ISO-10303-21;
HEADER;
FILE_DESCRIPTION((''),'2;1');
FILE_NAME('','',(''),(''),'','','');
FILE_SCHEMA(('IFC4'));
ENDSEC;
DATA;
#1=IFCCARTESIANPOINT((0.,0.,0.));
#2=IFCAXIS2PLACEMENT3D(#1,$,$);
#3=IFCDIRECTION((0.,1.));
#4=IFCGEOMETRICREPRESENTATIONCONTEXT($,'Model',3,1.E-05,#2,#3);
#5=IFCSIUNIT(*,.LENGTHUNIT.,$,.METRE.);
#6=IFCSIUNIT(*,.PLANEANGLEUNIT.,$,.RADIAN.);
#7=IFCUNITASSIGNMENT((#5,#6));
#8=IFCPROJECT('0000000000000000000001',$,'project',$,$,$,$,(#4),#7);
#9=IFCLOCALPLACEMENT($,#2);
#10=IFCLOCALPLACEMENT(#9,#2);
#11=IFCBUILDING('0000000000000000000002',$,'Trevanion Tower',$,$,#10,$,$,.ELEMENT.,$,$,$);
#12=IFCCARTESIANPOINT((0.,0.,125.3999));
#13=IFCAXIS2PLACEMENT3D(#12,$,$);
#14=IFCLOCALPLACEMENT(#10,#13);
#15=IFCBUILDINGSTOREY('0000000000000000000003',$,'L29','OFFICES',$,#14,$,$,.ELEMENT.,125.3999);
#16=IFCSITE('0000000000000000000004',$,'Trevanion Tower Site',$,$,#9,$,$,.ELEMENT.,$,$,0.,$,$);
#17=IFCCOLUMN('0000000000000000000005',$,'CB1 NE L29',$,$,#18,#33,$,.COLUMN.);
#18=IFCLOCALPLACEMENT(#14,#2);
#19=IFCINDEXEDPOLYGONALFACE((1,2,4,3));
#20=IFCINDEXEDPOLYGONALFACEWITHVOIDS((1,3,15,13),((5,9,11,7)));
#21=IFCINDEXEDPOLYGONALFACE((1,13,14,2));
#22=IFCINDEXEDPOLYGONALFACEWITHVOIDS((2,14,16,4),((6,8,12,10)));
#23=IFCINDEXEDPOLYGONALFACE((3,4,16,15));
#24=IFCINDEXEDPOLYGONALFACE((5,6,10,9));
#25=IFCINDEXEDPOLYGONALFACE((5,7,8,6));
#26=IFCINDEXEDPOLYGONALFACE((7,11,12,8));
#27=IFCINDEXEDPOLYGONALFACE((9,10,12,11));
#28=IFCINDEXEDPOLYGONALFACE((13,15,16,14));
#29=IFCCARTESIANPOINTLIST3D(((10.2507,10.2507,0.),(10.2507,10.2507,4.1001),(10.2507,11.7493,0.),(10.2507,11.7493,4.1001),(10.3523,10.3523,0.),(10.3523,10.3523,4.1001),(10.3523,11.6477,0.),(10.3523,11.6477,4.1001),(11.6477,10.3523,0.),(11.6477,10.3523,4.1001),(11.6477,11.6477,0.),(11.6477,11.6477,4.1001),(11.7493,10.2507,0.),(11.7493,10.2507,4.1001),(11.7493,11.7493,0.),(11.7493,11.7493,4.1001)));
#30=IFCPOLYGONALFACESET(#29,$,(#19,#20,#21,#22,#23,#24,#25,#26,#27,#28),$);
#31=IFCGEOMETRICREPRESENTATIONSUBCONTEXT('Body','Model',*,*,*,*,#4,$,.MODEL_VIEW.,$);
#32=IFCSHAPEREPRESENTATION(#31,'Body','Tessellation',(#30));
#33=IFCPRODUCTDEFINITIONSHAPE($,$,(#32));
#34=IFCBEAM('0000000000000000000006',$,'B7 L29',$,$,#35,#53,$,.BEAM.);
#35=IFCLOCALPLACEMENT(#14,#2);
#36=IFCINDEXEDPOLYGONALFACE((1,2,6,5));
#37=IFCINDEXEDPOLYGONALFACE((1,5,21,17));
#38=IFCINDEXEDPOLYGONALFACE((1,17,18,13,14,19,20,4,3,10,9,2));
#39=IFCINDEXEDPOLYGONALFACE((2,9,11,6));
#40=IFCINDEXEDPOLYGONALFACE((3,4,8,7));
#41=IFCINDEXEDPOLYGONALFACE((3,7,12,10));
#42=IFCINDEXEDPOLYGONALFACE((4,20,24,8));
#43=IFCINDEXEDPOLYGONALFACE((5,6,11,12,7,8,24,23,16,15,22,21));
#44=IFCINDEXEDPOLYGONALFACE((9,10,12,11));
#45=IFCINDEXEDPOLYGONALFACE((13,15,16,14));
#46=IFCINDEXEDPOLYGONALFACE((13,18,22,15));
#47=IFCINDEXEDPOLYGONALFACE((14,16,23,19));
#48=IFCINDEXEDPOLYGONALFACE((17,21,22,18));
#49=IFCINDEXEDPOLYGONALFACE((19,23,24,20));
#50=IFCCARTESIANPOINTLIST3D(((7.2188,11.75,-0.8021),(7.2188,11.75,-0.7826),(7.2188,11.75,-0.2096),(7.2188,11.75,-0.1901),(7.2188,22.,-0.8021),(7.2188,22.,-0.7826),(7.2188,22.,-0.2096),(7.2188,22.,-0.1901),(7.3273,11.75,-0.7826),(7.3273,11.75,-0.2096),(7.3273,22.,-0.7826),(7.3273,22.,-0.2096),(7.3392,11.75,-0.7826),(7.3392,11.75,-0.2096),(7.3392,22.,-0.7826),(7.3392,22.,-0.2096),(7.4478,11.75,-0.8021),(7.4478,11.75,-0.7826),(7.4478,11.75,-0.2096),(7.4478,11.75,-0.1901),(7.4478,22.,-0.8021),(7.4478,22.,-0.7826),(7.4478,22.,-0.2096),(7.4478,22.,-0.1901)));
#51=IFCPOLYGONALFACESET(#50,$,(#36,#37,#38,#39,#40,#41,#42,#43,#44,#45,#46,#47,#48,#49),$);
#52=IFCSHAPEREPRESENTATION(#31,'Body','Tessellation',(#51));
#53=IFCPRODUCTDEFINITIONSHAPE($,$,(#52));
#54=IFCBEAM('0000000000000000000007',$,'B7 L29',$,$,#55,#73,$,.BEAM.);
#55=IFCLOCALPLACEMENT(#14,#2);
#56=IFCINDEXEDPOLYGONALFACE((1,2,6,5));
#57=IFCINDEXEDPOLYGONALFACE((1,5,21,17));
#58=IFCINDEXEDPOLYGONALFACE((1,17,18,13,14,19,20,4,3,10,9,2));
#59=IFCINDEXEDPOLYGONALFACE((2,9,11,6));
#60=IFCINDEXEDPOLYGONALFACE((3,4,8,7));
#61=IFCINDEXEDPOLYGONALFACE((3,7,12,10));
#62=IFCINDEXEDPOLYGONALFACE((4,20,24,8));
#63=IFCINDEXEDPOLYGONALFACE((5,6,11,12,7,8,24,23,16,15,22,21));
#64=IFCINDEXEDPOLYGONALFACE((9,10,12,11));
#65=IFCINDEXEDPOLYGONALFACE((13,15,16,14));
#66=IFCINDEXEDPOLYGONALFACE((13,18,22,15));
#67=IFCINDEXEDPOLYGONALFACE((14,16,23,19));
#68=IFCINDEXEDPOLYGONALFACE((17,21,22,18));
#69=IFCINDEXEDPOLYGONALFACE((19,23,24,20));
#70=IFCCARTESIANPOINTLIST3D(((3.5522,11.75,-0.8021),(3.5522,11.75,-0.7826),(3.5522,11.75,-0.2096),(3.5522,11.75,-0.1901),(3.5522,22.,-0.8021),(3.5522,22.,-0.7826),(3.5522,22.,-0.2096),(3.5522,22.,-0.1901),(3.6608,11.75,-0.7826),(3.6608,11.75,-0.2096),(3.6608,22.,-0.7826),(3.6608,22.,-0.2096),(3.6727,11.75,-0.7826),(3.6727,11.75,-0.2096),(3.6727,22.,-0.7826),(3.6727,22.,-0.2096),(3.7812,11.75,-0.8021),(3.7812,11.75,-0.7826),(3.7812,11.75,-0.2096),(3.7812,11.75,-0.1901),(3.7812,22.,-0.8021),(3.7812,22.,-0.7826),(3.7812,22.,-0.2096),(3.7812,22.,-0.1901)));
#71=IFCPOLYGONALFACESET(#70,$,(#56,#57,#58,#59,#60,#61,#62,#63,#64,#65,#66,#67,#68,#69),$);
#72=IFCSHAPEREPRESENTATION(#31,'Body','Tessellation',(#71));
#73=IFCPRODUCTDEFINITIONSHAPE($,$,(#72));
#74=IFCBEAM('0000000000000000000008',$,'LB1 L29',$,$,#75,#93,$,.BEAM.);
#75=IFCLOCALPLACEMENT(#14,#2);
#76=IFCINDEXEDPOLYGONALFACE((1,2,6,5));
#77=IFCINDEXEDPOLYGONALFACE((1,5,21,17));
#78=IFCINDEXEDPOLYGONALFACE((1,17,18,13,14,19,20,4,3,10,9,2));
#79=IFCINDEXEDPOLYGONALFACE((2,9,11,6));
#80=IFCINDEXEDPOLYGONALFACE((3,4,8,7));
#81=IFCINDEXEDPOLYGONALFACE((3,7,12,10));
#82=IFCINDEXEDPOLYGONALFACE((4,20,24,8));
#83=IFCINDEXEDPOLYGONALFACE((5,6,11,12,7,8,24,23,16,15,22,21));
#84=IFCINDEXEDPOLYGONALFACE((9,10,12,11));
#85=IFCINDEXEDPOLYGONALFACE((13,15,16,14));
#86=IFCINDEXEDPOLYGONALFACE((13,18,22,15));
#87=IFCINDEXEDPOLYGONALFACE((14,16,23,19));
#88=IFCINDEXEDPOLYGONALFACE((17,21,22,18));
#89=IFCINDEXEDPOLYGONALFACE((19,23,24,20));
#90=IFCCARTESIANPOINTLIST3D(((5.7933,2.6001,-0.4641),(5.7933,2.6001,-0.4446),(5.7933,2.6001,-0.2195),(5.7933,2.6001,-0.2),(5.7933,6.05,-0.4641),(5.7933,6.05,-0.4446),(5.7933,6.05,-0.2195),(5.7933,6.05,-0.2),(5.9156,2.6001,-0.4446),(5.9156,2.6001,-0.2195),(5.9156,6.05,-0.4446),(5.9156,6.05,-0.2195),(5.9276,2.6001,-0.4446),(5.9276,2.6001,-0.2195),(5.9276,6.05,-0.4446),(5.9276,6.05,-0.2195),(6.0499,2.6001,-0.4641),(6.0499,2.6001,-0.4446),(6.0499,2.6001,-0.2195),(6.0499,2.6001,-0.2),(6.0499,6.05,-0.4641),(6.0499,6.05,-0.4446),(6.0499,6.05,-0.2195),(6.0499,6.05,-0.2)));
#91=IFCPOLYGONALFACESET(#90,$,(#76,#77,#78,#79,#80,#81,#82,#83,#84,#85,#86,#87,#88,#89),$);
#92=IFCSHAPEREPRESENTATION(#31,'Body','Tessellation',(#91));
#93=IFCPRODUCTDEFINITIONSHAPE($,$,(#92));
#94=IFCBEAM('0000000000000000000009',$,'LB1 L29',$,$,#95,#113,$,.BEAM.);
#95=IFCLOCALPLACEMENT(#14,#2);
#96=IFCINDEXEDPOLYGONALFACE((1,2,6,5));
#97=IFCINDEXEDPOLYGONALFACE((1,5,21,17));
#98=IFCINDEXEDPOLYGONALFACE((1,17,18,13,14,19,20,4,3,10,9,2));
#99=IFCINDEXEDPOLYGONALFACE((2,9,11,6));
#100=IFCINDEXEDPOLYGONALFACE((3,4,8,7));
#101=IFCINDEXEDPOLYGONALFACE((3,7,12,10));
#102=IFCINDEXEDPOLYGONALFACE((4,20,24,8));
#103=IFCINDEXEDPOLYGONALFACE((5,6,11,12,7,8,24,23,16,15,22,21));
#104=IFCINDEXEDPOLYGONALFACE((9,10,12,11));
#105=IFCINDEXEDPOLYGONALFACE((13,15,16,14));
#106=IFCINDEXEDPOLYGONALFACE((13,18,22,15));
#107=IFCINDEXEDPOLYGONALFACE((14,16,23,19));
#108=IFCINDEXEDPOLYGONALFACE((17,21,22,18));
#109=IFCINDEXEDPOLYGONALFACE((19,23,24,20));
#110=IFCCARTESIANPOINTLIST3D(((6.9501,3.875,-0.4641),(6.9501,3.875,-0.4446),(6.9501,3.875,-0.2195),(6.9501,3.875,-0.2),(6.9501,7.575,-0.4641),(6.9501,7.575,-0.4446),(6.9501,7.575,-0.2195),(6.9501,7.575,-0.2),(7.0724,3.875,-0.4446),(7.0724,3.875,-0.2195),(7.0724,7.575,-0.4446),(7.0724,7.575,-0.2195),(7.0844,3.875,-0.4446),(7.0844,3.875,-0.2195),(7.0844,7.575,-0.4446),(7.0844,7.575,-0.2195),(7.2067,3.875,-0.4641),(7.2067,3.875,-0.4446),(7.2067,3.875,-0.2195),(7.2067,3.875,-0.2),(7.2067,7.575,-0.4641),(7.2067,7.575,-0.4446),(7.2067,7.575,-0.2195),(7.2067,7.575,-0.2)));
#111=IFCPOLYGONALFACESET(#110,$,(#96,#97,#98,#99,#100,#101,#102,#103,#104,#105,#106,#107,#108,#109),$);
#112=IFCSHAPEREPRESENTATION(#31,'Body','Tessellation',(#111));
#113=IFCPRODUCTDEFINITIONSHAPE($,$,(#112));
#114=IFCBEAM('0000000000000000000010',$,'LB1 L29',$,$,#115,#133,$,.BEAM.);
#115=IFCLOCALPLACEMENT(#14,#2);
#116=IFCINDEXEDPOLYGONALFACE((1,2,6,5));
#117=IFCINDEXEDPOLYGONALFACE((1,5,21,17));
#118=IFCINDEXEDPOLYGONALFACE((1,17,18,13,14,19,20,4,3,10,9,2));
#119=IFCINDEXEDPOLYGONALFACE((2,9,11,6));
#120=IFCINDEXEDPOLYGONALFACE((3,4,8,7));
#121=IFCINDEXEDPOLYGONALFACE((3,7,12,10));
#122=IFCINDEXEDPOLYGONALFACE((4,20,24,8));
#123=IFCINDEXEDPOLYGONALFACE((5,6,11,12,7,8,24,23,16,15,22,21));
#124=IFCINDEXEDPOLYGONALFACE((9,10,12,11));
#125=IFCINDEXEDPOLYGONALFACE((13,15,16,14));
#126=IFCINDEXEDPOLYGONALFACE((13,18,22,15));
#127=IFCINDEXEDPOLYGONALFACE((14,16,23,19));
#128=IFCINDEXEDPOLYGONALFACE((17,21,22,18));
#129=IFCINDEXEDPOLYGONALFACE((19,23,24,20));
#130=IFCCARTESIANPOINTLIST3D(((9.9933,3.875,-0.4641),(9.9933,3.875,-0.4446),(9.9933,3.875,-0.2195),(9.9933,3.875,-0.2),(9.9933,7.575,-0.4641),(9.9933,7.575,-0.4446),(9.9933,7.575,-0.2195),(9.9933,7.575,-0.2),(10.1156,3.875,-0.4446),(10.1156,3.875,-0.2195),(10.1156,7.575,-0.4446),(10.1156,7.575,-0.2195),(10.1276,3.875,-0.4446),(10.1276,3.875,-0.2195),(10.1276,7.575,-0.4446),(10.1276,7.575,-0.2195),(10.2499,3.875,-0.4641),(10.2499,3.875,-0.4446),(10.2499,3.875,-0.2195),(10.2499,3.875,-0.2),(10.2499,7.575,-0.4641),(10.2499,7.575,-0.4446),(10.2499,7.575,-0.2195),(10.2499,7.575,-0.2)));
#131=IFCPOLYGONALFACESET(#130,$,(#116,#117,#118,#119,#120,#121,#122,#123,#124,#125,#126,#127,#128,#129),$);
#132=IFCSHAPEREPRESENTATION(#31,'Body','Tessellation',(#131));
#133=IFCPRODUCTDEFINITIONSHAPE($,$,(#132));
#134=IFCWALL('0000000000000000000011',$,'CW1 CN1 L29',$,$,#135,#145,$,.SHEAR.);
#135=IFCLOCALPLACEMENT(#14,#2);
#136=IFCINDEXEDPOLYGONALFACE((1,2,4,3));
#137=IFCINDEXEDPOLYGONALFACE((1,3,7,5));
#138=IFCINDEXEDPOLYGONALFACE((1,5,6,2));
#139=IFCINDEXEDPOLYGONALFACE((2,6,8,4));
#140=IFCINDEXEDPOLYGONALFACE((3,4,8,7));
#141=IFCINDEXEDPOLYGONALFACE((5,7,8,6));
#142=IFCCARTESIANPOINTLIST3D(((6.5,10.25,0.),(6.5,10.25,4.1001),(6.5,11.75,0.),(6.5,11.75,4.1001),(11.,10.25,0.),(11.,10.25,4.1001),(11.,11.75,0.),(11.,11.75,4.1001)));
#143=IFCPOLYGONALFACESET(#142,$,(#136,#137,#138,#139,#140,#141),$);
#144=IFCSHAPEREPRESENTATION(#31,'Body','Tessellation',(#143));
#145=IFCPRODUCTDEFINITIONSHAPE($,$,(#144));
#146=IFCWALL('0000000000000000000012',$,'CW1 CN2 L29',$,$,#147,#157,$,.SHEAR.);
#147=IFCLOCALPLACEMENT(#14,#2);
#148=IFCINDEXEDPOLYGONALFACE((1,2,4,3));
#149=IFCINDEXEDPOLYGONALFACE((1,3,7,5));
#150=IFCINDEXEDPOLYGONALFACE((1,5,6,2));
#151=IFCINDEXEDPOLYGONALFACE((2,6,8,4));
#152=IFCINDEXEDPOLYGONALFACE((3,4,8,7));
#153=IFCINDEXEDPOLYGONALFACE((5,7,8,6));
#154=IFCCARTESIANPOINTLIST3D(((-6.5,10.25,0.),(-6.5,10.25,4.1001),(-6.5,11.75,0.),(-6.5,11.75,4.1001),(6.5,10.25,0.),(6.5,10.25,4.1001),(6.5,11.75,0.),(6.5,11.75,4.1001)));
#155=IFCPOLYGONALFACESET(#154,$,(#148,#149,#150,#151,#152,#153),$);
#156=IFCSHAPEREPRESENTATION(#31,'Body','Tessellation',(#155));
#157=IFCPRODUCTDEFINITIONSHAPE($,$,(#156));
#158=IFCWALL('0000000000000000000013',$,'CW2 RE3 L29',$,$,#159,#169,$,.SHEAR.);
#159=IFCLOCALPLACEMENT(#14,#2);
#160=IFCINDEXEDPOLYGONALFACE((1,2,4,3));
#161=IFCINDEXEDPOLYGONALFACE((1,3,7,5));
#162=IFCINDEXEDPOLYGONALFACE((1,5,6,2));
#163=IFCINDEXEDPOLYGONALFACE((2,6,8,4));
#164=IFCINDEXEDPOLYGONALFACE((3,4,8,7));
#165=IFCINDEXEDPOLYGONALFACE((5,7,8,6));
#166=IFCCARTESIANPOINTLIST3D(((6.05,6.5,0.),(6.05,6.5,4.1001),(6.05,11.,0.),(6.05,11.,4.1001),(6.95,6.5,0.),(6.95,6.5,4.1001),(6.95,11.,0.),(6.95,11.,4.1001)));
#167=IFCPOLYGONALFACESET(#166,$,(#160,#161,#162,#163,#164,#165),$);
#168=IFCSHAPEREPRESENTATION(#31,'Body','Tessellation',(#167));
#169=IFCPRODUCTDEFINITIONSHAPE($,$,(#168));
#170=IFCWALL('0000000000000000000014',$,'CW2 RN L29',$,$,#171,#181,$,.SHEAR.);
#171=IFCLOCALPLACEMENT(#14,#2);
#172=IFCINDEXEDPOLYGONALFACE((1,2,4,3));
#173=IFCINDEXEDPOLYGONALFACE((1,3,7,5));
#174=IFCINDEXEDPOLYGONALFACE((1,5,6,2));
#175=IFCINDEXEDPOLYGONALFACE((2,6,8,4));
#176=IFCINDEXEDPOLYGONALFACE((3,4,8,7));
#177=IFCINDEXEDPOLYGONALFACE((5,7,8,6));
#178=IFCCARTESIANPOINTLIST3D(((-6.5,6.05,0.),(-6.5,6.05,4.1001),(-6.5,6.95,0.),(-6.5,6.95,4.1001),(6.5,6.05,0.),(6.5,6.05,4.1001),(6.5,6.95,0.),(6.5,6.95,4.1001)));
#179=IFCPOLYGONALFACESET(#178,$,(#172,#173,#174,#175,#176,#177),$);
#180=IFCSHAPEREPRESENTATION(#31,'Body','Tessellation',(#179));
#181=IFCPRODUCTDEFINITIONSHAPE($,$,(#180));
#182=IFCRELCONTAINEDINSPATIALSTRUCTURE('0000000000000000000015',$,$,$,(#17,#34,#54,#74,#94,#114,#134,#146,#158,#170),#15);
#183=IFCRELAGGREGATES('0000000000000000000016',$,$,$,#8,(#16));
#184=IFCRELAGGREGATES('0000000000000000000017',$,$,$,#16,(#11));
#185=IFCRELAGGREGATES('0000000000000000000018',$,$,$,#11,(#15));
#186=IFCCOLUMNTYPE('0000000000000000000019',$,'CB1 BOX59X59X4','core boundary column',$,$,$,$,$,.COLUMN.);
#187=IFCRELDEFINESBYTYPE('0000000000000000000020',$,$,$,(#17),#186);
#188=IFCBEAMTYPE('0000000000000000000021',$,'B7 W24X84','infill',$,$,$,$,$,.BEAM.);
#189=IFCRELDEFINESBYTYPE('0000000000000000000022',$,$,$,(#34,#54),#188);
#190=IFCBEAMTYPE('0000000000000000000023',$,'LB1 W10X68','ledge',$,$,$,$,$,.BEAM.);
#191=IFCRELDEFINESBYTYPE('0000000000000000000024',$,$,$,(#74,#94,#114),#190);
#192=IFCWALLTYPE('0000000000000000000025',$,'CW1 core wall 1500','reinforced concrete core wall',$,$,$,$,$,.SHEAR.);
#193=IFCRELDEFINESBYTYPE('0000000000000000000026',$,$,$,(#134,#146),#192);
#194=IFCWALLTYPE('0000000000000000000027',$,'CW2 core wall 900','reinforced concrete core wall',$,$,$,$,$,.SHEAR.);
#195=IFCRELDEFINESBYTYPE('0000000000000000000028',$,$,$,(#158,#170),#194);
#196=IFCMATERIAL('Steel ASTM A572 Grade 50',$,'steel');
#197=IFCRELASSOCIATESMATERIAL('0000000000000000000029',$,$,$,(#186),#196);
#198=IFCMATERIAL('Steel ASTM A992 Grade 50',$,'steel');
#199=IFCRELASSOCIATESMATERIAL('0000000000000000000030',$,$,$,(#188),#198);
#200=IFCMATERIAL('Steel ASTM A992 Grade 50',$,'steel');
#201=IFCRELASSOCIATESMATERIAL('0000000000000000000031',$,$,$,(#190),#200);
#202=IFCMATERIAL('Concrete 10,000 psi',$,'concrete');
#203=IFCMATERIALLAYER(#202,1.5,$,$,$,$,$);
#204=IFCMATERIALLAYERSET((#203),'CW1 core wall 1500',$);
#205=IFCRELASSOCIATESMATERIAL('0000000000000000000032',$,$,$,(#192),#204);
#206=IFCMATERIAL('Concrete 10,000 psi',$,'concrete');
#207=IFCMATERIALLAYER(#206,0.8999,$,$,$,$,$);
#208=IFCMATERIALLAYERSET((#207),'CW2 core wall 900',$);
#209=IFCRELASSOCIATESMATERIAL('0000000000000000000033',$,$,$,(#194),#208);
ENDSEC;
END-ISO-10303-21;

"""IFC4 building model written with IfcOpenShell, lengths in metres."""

from ifc_helpers import new_model, si_unit, direction, frame, frame_2d, origin, origin_2d, place, context, subcontext, project, spatial, rectangle, hollow_rectangle, i_section, extrude, material, layer, layer_set, material_profile, profile_set, type_object, element, save


model = new_model("IFC4")

# Units and contexts
model_context = context("Model", 3, precision=1e-05, world=origin(), true_north=direction((0.0, 1.0)))
body_context = subcontext(model_context, "Body", "Model", "MODEL_VIEW")
ifc_project = project(units=[si_unit("LENGTHUNIT", "METRE"), si_unit("PLANEANGLEUNIT", "RADIAN")], contexts=[model_context])

# Site, building, storey
site_placement = place(None, origin())
site = spatial("IfcSite", under=ifc_project, at=site_placement, Name="Trevanion Tower Site", CompositionType="ELEMENT", RefElevation=0.0)
building_placement = place(site_placement, origin())
building = spatial("IfcBuilding", under=site, at=building_placement, Name="Trevanion Tower", CompositionType="ELEMENT")
storey_placement = place(building_placement, frame((0.0, 0.0, 125.3999)))
storey = spatial("IfcBuildingStorey", under=building, at=storey_placement, Name="L29", Description="OFFICES", CompositionType="ELEMENT", Elevation=125.3999)

# Column
ifc_material_1 = material(Name="Steel ASTM A572 Grade 50", Category="steel")
ifc_material_profile_1 = material_profile(ifc_material_1, hollow_rectangle(XDim=1.4985, YDim=1.4985, WallThickness=0.1016, at=origin_2d()), Name="BOX59X59X4")
ifc_profile_set_1 = profile_set([ifc_material_profile_1], Name="Steel ASTM A572 Grade 50")
column_type = type_object("IfcColumnType", Name="CB1 BOX59X59X4", Description="core boundary column", PredefinedType="COLUMN", material=ifc_profile_set_1)
column_placement = place(storey_placement, frame((11.0, 11.0, 0.0), z_axis=(0.0, 0.0, 1.0), x_axis=(1.0, 0.0, 0.0)))
element("IfcColumn", 1, at=column_placement, inside=storey, type_object=column_type, Name="CB1 NE L29", PredefinedType="COLUMN", context=body_context, shape_type="SweptSolid", body=[
    extrude(hollow_rectangle(XDim=1.4985, YDim=1.4985, WallThickness=0.1016, at=origin_2d()), origin(), (0.0, 0.0, 1.0), 4.1001),
])

# Beams
ifc_material_2 = material(Name="Steel ASTM A992 Grade 50", Category="steel")
ifc_material_profile_2 = material_profile(ifc_material_2, i_section(OverallWidth=0.229, OverallDepth=0.6121, WebThickness=0.012, FlangeThickness=0.0195, at=origin_2d()), Name="W24X84")
ifc_profile_set_2 = profile_set([ifc_material_profile_2], Name="Steel ASTM A992 Grade 50")
beam_type_1 = type_object("IfcBeamType", Name="B7 W24X84", Description="infill", PredefinedType="BEAM", material=ifc_profile_set_2)
for number, where, z_axis, x_axis, name in (
    (2, (7.3333, 11.75, -0.4961), (0.0, 1.0, 0.0), (-1.0, 0.0, 0.0), "B7 L29"),
    (3, (3.6667, 11.75, -0.4961), (0.0, 1.0, 0.0), (-1.0, 0.0, 0.0), "B7 L29"),
):
    element("IfcBeam", number, at=place(storey_placement, frame(where, z_axis=z_axis, x_axis=x_axis)), inside=storey, type_object=beam_type_1, Name=name, PredefinedType="BEAM", context=body_context, shape_type="SweptSolid", body=[
        extrude(i_section(OverallWidth=0.229, OverallDepth=0.6121, WebThickness=0.012, FlangeThickness=0.0195, at=origin_2d()), origin(), (0.0, 0.0, 1.0), 10.25),
    ])
ifc_material_3 = material(Name="Steel ASTM A992 Grade 50", Category="steel")
ifc_material_profile_3 = material_profile(ifc_material_3, i_section(OverallWidth=0.2566, OverallDepth=0.2642, WebThickness=0.012, FlangeThickness=0.0195, at=origin_2d()), Name="W10X68")
ifc_profile_set_3 = profile_set([ifc_material_profile_3], Name="Steel ASTM A992 Grade 50")
beam_type_2 = type_object("IfcBeamType", Name="LB1 W10X68", Description="ledge", PredefinedType="BEAM", material=ifc_profile_set_3)
beam_placement = place(storey_placement, frame((5.9216, 2.6001, -0.332), z_axis=(0.0, 1.0, 0.0), x_axis=(-1.0, 0.0, 0.0)))
element("IfcBeam", 4, at=beam_placement, inside=storey, type_object=beam_type_2, Name="LB1 L29", PredefinedType="BEAM", context=body_context, shape_type="SweptSolid", body=[
    extrude(i_section(OverallWidth=0.2566, OverallDepth=0.2642, WebThickness=0.012, FlangeThickness=0.0195, at=origin_2d()), origin(), (0.0, 0.0, 1.0), 3.45),
])
for number, where, z_axis, x_axis, name in (
    (5, (7.0784, 3.875, -0.332), (0.0, 1.0, 0.0), (-1.0, 0.0, 0.0), "LB1 L29"),
    (6, (10.1216, 3.875, -0.332), (0.0, 1.0, 0.0), (-1.0, 0.0, 0.0), "LB1 L29"),
):
    element("IfcBeam", number, at=place(storey_placement, frame(where, z_axis=z_axis, x_axis=x_axis)), inside=storey, type_object=beam_type_2, Name=name, PredefinedType="BEAM", context=body_context, shape_type="SweptSolid", body=[
        extrude(i_section(OverallWidth=0.2566, OverallDepth=0.2642, WebThickness=0.012, FlangeThickness=0.0195, at=origin_2d()), origin(), (0.0, 0.0, 1.0), 3.7),
    ])

# Walls
ifc_material_4 = material(Name="Concrete 10,000 psi", Category="concrete")
ifc_layer_1 = layer(ifc_material_4, 1.5)
ifc_layer_set_1 = layer_set([ifc_layer_1], Name="CW1 core wall 1500")
wall_type_1 = type_object("IfcWallType", Name="CW1 core wall 1500", Description="reinforced concrete core wall", PredefinedType="SHEAR", material=ifc_layer_set_1)
wall_1_placement = place(storey_placement, frame((11.0, 11.0, 0.0), z_axis=(0.0, 0.0, 1.0), x_axis=(-1.0, 0.0, 0.0)))
element("IfcWall", 7, at=wall_1_placement, inside=storey, type_object=wall_type_1, Name="CW1 CN1 L29", PredefinedType="SHEAR", context=body_context, shape_type="SweptSolid", body=[
    extrude(rectangle(XDim=4.5, YDim=1.5, at=frame_2d((2.25, 0.0))), origin(), (0.0, 0.0, 1.0), 4.1001),
])
wall_2_placement = place(storey_placement, frame((6.5, 11.0, 0.0), z_axis=(0.0, 0.0, 1.0), x_axis=(-1.0, 0.0, 0.0)))
element("IfcWall", 8, at=wall_2_placement, inside=storey, type_object=wall_type_1, Name="CW1 CN2 L29", PredefinedType="SHEAR", context=body_context, shape_type="SweptSolid", body=[
    extrude(rectangle(XDim=13.0, YDim=1.5, at=frame_2d((6.5, 0.0))), origin(), (0.0, 0.0, 1.0), 4.1001),
])
ifc_material_5 = material(Name="Concrete 10,000 psi", Category="concrete")
ifc_layer_2 = layer(ifc_material_5, 0.8999)
ifc_layer_set_2 = layer_set([ifc_layer_2], Name="CW2 core wall 900")
wall_type_2 = type_object("IfcWallType", Name="CW2 core wall 900", Description="reinforced concrete core wall", PredefinedType="SHEAR", material=ifc_layer_set_2)
wall_3_placement = place(storey_placement, frame((6.5, 6.5, 0.0), z_axis=(0.0, 0.0, 1.0), x_axis=(0.0, 1.0, 0.0)))
element("IfcWall", 9, at=wall_3_placement, inside=storey, type_object=wall_type_2, Name="CW2 RE3 L29", PredefinedType="SHEAR", context=body_context, shape_type="SweptSolid", body=[
    extrude(rectangle(XDim=4.5, YDim=0.8999, at=frame_2d((2.25, 0.0))), origin(), (0.0, 0.0, 1.0), 4.1001),
])
wall_4_placement = place(storey_placement, frame((6.5, 6.5, 0.0), z_axis=(0.0, 0.0, 1.0), x_axis=(-1.0, 0.0, 0.0)))
element("IfcWall", 10, at=wall_4_placement, inside=storey, type_object=wall_type_2, Name="CW2 RN L29", PredefinedType="SHEAR", context=body_context, shape_type="SweptSolid", body=[
    extrude(rectangle(XDim=13.0, YDim=0.8999, at=frame_2d((6.5, 0.0))), origin(), (0.0, 0.0, 1.0), 4.1001),
])

save(model, "model.ifc")
